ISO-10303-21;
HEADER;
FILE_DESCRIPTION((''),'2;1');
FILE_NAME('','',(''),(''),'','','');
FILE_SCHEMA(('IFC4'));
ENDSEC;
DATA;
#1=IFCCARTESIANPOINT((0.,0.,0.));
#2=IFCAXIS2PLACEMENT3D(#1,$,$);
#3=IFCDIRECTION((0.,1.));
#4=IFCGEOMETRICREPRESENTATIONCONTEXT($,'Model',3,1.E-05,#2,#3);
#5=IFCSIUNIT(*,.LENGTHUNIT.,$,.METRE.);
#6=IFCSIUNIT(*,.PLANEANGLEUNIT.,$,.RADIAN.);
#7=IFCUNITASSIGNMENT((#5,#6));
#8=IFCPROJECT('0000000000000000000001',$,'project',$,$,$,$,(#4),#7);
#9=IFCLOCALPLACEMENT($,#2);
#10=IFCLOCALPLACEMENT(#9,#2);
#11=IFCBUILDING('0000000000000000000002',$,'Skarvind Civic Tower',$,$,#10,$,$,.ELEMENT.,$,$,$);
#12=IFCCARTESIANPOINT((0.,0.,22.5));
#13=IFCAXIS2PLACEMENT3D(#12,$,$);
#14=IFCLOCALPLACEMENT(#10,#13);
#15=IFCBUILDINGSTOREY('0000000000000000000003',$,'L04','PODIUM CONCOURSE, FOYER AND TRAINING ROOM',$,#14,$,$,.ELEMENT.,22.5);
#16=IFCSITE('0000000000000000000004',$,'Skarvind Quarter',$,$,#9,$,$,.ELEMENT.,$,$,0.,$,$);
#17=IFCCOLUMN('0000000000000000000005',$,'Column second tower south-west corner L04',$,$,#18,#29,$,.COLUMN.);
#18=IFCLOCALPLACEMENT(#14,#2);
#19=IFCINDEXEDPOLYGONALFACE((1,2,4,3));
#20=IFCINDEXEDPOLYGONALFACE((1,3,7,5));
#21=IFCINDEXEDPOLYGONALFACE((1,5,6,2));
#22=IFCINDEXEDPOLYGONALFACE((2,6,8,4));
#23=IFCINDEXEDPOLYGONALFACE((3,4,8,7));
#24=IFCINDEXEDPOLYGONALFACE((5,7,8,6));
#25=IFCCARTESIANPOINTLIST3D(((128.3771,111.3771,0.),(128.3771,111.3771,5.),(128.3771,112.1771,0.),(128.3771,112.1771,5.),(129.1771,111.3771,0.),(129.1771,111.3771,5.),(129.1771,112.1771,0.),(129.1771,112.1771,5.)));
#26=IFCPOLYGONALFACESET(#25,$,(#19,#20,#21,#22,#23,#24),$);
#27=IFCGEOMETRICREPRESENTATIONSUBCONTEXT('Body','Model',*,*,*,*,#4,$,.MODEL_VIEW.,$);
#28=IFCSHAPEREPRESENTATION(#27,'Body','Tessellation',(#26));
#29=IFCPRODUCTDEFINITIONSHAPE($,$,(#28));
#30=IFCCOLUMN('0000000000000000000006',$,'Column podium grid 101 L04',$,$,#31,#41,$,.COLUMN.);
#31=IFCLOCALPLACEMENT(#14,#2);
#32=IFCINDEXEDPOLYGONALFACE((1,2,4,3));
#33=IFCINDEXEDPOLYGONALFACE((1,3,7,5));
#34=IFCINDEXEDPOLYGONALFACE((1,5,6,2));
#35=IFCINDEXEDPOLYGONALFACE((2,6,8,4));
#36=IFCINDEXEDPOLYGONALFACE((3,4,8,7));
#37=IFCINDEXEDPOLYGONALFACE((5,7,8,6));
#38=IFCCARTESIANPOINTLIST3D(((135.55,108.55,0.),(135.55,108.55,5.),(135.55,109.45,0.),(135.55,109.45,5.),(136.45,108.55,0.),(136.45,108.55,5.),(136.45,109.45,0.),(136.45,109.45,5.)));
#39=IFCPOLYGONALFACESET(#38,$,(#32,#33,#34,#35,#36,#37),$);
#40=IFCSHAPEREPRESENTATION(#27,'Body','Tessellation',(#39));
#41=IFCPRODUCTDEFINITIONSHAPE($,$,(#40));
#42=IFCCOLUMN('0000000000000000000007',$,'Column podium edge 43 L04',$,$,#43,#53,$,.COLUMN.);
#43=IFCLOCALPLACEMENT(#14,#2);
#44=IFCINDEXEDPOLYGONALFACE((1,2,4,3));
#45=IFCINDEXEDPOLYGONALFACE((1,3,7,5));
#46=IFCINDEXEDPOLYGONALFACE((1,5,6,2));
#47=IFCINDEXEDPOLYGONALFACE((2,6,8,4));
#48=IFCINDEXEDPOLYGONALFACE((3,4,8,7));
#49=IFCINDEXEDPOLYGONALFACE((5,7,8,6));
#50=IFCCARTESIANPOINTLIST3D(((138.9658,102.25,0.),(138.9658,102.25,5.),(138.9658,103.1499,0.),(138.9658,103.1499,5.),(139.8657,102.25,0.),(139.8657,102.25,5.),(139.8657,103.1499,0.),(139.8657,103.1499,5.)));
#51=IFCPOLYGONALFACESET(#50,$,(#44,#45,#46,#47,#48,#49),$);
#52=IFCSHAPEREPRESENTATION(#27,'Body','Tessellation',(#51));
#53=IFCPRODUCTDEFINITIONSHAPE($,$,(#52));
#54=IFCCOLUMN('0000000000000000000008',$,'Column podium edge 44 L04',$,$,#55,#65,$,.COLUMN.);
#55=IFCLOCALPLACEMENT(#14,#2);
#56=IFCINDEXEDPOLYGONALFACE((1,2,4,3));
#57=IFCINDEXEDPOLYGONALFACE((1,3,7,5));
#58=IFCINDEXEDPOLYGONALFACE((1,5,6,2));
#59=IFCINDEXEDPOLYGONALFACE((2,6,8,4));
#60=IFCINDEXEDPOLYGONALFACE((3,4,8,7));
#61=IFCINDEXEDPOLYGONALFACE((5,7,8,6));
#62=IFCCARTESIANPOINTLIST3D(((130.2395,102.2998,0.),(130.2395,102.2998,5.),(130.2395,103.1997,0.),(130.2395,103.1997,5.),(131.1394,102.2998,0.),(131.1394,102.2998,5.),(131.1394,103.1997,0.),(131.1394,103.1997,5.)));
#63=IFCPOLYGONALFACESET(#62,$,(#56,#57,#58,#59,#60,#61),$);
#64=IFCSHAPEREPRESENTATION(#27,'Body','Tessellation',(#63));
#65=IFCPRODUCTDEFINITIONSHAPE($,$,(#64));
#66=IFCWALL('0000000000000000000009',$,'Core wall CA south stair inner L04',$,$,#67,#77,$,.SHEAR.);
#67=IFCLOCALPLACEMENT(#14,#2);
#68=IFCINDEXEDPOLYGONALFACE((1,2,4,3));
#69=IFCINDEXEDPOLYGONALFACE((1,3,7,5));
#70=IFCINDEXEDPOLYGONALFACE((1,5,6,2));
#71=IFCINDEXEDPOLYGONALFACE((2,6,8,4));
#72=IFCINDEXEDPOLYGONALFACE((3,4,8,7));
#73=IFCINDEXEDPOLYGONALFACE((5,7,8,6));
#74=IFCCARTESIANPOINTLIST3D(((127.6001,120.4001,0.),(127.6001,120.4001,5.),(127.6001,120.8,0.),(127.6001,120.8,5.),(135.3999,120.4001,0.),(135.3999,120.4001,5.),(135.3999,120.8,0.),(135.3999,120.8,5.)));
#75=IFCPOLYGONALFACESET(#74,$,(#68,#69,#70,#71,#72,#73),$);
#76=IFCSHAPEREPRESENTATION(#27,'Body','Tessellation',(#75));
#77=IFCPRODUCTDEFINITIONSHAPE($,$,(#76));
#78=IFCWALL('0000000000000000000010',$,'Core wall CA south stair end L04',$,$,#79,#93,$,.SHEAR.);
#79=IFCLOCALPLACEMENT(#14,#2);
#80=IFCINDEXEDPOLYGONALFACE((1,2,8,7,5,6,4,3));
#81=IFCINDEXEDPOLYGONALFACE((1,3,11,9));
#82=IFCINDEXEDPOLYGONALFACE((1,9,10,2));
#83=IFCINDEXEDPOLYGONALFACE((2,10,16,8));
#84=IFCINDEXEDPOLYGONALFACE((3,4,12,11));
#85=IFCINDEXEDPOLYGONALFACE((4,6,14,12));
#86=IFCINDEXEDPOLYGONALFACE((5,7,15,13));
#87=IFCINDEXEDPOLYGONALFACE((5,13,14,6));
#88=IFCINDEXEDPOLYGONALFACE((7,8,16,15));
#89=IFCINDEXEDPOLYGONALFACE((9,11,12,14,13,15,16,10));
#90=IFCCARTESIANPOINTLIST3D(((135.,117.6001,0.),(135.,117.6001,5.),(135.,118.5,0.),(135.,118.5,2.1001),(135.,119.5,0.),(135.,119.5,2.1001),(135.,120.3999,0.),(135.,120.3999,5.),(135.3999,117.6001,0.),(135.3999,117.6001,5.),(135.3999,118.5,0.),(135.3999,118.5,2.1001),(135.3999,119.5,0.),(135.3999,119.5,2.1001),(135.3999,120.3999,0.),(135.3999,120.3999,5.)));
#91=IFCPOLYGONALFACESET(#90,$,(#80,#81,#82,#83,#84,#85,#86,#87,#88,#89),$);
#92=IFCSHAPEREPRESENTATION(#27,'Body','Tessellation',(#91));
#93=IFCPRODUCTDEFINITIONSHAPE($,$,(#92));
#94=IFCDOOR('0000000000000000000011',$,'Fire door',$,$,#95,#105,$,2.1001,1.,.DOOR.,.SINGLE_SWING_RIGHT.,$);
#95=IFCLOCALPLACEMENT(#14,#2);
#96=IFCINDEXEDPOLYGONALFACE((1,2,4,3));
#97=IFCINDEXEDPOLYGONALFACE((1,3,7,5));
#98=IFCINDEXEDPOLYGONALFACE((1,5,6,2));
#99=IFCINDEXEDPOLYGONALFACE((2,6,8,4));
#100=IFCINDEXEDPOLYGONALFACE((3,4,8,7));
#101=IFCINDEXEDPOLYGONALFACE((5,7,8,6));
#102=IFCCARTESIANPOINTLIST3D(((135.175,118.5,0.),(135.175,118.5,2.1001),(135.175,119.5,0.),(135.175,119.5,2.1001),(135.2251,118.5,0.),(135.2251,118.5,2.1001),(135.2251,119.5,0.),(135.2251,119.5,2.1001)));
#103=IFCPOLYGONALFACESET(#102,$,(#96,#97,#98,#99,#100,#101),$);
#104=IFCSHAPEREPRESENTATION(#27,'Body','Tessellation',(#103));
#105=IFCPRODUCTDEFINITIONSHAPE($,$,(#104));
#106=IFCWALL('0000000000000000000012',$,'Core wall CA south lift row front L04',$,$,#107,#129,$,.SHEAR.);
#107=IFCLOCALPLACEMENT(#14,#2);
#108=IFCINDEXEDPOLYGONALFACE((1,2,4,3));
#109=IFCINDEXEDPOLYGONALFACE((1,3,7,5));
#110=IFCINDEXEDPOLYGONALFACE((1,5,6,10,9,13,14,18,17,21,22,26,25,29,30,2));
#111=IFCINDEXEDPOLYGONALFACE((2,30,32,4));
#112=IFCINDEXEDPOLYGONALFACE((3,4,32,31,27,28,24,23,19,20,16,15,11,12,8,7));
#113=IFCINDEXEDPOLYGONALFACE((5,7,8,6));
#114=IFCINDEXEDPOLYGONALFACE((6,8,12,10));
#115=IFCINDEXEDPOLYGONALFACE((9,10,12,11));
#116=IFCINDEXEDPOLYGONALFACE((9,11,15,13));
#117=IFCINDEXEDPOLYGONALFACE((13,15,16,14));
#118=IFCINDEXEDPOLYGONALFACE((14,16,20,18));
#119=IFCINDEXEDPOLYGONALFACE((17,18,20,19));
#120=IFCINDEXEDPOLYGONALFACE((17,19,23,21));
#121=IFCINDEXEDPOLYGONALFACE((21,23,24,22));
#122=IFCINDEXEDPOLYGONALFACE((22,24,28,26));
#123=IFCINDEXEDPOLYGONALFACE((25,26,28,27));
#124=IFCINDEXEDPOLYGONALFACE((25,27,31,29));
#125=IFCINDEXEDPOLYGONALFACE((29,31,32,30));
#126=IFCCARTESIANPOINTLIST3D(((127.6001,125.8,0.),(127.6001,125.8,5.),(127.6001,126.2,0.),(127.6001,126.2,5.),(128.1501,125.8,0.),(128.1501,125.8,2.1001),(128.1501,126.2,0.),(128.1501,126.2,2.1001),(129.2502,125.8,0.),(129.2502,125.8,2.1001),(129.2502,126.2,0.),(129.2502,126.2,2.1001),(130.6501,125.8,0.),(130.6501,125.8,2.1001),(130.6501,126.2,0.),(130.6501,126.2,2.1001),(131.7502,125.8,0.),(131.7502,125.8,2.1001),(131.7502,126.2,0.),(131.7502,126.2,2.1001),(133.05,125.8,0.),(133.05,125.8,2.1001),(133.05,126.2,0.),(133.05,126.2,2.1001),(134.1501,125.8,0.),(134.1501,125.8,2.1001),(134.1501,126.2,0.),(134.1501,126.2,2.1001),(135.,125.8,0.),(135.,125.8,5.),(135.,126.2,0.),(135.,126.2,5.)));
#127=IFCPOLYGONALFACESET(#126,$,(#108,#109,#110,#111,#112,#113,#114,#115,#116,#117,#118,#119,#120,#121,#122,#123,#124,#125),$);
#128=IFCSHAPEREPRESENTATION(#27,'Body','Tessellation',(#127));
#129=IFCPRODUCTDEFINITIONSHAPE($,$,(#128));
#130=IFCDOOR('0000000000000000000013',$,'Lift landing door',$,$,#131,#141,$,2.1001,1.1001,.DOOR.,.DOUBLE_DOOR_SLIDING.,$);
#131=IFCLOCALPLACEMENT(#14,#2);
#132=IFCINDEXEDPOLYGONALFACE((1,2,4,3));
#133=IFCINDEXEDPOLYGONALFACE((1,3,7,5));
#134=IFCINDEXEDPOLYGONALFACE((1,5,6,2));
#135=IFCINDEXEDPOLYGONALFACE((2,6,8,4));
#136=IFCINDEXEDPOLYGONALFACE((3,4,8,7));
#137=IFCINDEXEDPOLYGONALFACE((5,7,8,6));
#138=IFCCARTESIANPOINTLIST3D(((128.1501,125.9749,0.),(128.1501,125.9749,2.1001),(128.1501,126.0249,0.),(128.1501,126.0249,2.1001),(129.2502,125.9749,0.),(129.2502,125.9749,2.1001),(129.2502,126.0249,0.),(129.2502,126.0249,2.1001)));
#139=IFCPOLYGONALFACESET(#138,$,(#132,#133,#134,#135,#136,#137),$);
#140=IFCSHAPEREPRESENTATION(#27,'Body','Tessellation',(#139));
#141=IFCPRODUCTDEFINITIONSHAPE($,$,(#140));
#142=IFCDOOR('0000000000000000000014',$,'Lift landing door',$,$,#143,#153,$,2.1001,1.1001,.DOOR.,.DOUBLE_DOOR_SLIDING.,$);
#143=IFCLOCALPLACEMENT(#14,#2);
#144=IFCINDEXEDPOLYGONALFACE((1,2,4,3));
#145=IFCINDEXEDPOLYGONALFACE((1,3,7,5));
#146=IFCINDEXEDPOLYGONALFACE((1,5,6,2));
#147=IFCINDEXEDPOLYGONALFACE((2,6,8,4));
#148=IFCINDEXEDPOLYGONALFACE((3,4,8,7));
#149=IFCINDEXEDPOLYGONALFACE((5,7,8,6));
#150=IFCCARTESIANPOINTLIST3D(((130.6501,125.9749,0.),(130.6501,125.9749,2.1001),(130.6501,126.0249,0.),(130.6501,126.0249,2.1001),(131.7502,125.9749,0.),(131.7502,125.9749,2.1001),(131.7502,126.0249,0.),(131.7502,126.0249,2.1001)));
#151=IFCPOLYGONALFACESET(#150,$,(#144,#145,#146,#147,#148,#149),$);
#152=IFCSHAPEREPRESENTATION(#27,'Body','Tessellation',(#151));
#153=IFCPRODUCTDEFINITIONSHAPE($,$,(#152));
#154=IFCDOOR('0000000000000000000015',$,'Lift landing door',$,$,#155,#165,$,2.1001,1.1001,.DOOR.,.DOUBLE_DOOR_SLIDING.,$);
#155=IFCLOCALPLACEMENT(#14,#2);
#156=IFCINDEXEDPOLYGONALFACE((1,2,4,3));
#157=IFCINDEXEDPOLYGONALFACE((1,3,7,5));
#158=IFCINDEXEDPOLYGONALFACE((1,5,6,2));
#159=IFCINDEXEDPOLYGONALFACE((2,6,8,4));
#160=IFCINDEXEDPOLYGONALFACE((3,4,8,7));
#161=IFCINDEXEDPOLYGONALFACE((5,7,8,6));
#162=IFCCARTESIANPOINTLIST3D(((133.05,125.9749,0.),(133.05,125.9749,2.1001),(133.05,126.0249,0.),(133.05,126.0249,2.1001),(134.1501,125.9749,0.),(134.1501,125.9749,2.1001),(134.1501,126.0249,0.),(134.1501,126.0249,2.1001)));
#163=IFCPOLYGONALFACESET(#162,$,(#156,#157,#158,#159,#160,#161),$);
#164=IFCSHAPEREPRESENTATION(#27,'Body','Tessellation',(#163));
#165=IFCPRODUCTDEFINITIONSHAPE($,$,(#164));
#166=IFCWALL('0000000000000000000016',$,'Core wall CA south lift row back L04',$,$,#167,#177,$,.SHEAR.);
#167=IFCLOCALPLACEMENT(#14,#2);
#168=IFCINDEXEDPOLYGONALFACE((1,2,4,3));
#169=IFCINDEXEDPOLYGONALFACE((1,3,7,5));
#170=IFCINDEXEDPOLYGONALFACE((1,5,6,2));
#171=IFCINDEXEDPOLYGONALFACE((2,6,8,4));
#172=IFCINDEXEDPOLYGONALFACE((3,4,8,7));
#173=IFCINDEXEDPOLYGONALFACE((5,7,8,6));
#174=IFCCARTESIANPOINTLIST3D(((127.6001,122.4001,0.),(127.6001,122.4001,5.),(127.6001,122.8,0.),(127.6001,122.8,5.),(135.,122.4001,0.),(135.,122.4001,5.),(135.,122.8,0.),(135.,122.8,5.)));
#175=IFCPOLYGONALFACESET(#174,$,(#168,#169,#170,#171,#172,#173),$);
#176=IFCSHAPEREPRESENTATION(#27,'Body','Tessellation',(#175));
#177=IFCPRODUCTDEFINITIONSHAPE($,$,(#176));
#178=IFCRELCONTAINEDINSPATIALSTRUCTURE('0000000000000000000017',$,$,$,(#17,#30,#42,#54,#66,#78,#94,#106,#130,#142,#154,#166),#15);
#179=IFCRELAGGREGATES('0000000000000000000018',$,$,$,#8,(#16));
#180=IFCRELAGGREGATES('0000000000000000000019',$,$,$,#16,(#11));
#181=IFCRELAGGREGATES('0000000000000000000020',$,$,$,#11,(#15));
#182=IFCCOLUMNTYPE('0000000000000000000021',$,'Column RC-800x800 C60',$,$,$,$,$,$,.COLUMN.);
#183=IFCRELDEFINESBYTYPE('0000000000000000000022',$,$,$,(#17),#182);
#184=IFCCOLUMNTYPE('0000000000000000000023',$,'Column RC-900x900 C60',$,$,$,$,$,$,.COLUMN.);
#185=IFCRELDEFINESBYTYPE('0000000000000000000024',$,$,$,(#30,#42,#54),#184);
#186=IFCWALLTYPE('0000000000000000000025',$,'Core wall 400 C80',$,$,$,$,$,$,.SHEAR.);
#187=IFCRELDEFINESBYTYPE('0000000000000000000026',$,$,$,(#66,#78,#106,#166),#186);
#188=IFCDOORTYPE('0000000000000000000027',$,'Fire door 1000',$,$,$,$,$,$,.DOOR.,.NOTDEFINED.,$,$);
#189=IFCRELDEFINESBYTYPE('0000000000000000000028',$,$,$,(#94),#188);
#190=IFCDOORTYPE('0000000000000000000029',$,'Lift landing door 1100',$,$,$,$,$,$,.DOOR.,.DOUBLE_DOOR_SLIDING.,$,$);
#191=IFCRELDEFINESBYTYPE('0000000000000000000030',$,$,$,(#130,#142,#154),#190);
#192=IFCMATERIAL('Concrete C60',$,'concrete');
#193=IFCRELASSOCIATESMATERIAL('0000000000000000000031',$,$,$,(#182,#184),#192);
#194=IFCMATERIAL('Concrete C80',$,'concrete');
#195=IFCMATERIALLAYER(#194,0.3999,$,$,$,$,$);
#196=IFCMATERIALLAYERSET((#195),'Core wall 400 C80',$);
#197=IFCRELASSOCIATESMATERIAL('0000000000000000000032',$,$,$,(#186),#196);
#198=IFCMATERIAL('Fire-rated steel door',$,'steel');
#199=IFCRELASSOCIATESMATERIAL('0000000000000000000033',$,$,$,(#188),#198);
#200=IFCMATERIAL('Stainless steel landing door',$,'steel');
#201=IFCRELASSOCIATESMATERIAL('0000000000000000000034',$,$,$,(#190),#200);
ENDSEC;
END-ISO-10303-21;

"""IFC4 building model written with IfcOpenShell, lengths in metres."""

from ifc_helpers import new_model, si_unit, direction, frame, frame_2d, origin, origin_2d, place, context, subcontext, project, spatial, rectangle, extrude, material, layer, layer_set, material_profile, profile_set, type_object, element, fill, save


model = new_model("IFC4")

# Units and contexts
model_context = context("Model", 3, precision=1e-05, world=origin(), true_north=direction((0.0, 1.0)))
body_context = subcontext(model_context, "Body", "Model", "MODEL_VIEW")
ifc_project = project(units=[si_unit("LENGTHUNIT", "METRE"), si_unit("PLANEANGLEUNIT", "RADIAN")], contexts=[model_context])

# Site, building, storey
site_placement = place(None, origin())
site = spatial("IfcSite", under=ifc_project, at=site_placement, Name="Skarvind Quarter", CompositionType="ELEMENT", RefElevation=0.0)
building_placement = place(site_placement, origin())
building = spatial("IfcBuilding", under=site, at=building_placement, Name="Skarvind Civic Tower", CompositionType="ELEMENT")
storey_placement = place(building_placement, frame((0.0, 0.0, 22.5)))
storey = spatial("IfcBuildingStorey", under=building, at=storey_placement, Name="L04", Description="PODIUM CONCOURSE, FOYER AND TRAINING ROOM", CompositionType="ELEMENT", Elevation=22.5)

# Columns
ifc_material_1 = material(Name="Concrete C60", Category="concrete")
ifc_material_profile_1 = material_profile(ifc_material_1, rectangle(XDim=0.8, YDim=0.8, at=origin_2d()), Name="RC-800x800")
ifc_profile_set_1 = profile_set([ifc_material_profile_1], Name="Concrete C60")
column_type_1 = type_object("IfcColumnType", Name="Column RC-800x800 C60", PredefinedType="COLUMN", material=ifc_profile_set_1)
column_placement = place(storey_placement, frame((128.7771, 111.7771, 0.0), z_axis=(0.0, 0.0, 1.0), x_axis=(1.0, 0.0, 0.0)))
element("IfcColumn", 1, at=column_placement, inside=storey, type_object=column_type_1, Name="Column second tower south-west corner L04", PredefinedType="COLUMN", context=body_context, shape_type="SweptSolid", body=[
    extrude(rectangle(XDim=0.8, YDim=0.8, at=origin_2d()), origin(), (0.0, 0.0, 1.0), 5.0),
])
ifc_material_profile_2 = material_profile(ifc_material_1, rectangle(XDim=0.8999, YDim=0.8999, at=origin_2d()), Name="RC-900x900")
ifc_profile_set_2 = profile_set([ifc_material_profile_2], Name="Concrete C60")
column_type_2 = type_object("IfcColumnType", Name="Column RC-900x900 C60", PredefinedType="COLUMN", material=ifc_profile_set_2)
for number, where, z_axis, x_axis, name in (
    (2, (136.0, 109.0, 0.0), (0.0, 0.0, 1.0), (1.0, 0.0, 0.0), "Column podium grid 101 L04"),
    (3, (139.4158, 102.7, 0.0), (0.0, 0.0, 1.0), (1.0, 0.0, 0.0), "Column podium edge 43 L04"),
    (4, (130.6895, 102.7498, 0.0), (0.0, 0.0, 1.0), (1.0, 0.0, 0.0), "Column podium edge 44 L04"),
):
    element("IfcColumn", number, at=place(storey_placement, frame(where, z_axis=z_axis, x_axis=x_axis)), inside=storey, type_object=column_type_2, Name=name, PredefinedType="COLUMN", context=body_context, shape_type="SweptSolid", body=[
        extrude(rectangle(XDim=0.8999, YDim=0.8999, at=origin_2d()), origin(), (0.0, 0.0, 1.0), 5.0),
    ])

# Wall
ifc_material_2 = material(Name="Concrete C80", Category="concrete")
ifc_layer_1 = layer(ifc_material_2, 0.3999)
ifc_layer_set_1 = layer_set([ifc_layer_1], Name="Core wall 400 C80")
wall_type_1 = type_object("IfcWallType", Name="Core wall 400 C80", PredefinedType="SHEAR", material=ifc_layer_set_1)
wall_1_placement = place(storey_placement, frame((127.6001, 120.6001, 0.0), z_axis=(0.0, 0.0, 1.0), x_axis=(1.0, 0.0, 0.0)))
element("IfcWall", 5, at=wall_1_placement, inside=storey, type_object=wall_type_1, Name="Core wall CA south stair inner L04", PredefinedType="SHEAR", context=body_context, shape_type="SweptSolid", body=[
    extrude(rectangle(XDim=7.7998, YDim=0.3999, at=frame_2d((3.8999, 0.0))), origin(), (0.0, 0.0, 1.0), 5.0),
])

# Wall, opening, door
wall_2_placement = place(storey_placement, frame((135.2, 117.6001, 0.0), z_axis=(0.0, 0.0, 1.0), x_axis=(0.0, 1.0, 0.0)))
wall_2 = element("IfcWall", 6, at=wall_2_placement, inside=storey, type_object=wall_type_1, Name="Core wall CA south stair end L04", PredefinedType="SHEAR", context=body_context, shape_type="SweptSolid", body=[
    extrude(rectangle(XDim=2.7998, YDim=0.3999, at=frame_2d((1.3999, 0.0))), origin(), (0.0, 0.0, 1.0), 5.0),
])
opening_1_placement = place(wall_2_placement, frame((0.8999, 0.0, 0.0)))
opening_1 = element("IfcOpeningElement", 7, at=opening_1_placement, cuts=wall_2, PredefinedType="OPENING", context=body_context, shape_type="SweptSolid", body=[
    extrude(rectangle(XDim=1.0, YDim=2.1001, at=frame_2d((0.5, 1.05))), frame((0.0, 0.21, 0.0), z_axis=(0.0, -1.0, 0.0), x_axis=(1.0, 0.0, 0.0)), (0.0, 0.0, 1.0), 0.4199),
])
ifc_material_3 = material(Name="Fire-rated steel door", Category="steel")
door_type_1 = type_object("IfcDoorType", Name="Fire door 1000", OperationType="NOTDEFINED", PredefinedType="DOOR", material=ifc_material_3)
door_1_placement = place(opening_1_placement, origin())
door_1 = element("IfcDoor", 8, at=door_1_placement, inside=storey, type_object=door_type_1, Name="Fire door", OperationType="SINGLE_SWING_RIGHT", OverallHeight=2.1001, OverallWidth=1.0, PredefinedType="DOOR", context=body_context, shape_type="SweptSolid", body=[
    extrude(rectangle(XDim=1.0, YDim=2.1001, at=frame_2d((0.5, 1.05))), frame((0.0, 0.0249, 0.0), z_axis=(0.0, -1.0, 0.0), x_axis=(1.0, 0.0, 0.0)), (0.0, 0.0, 1.0), 0.05),
])
fill(opening_1, door_1)

# Wall, openings, doors
wall_3_placement = place(storey_placement, frame((127.6001, 126.0, 0.0), z_axis=(0.0, 0.0, 1.0), x_axis=(1.0, 0.0, 0.0)))
wall_3 = element("IfcWall", 9, at=wall_3_placement, inside=storey, type_object=wall_type_1, Name="Core wall CA south lift row front L04", PredefinedType="SHEAR", context=body_context, shape_type="SweptSolid", body=[
    extrude(rectangle(XDim=7.3999, YDim=0.3999, at=frame_2d((3.7, 0.0))), origin(), (0.0, 0.0, 1.0), 5.0),
])
opening_2_placement = place(wall_3_placement, frame((0.55, 0.0, 0.0)))
opening_2 = element("IfcOpeningElement", 10, at=opening_2_placement, cuts=wall_3, PredefinedType="OPENING", context=body_context, shape_type="SweptSolid", body=[
    extrude(rectangle(XDim=1.1001, YDim=2.1001, at=frame_2d((0.55, 1.05))), frame((0.0, 0.21, 0.0), z_axis=(0.0, -1.0, 0.0), x_axis=(1.0, 0.0, 0.0)), (0.0, 0.0, 1.0), 0.4199),
])
opening_3_placement = place(wall_3_placement, frame((3.05, 0.0, 0.0)))
opening_3 = element("IfcOpeningElement", 11, at=opening_3_placement, cuts=wall_3, PredefinedType="OPENING", context=body_context, shape_type="SweptSolid", body=[
    extrude(rectangle(XDim=1.1001, YDim=2.1001, at=frame_2d((0.55, 1.05))), frame((0.0, 0.21, 0.0), z_axis=(0.0, -1.0, 0.0), x_axis=(1.0, 0.0, 0.0)), (0.0, 0.0, 1.0), 0.4199),
])
opening_4_placement = place(wall_3_placement, frame((5.45, 0.0, 0.0)))
opening_4 = element("IfcOpeningElement", 12, at=opening_4_placement, cuts=wall_3, PredefinedType="OPENING", context=body_context, shape_type="SweptSolid", body=[
    extrude(rectangle(XDim=1.1001, YDim=2.1001, at=frame_2d((0.55, 1.05))), frame((0.0, 0.21, 0.0), z_axis=(0.0, -1.0, 0.0), x_axis=(1.0, 0.0, 0.0)), (0.0, 0.0, 1.0), 0.4199),
])
ifc_material_4 = material(Name="Stainless steel landing door", Category="steel")
door_type_2 = type_object("IfcDoorType", Name="Lift landing door 1100", OperationType="DOUBLE_DOOR_SLIDING", PredefinedType="DOOR", material=ifc_material_4)
door_2_placement = place(opening_2_placement, origin())
door_2 = element("IfcDoor", 13, at=door_2_placement, inside=storey, type_object=door_type_2, Name="Lift landing door", OperationType="DOUBLE_DOOR_SLIDING", OverallHeight=2.1001, OverallWidth=1.1001, PredefinedType="DOOR", context=body_context, shape_type="SweptSolid", body=[
    extrude(rectangle(XDim=1.1001, YDim=2.1001, at=frame_2d((0.55, 1.05))), frame((0.0, 0.0249, 0.0), z_axis=(0.0, -1.0, 0.0), x_axis=(1.0, 0.0, 0.0)), (0.0, 0.0, 1.0), 0.05),
])
fill(opening_2, door_2)
door_3_placement = place(opening_3_placement, origin())
door_3 = element("IfcDoor", 14, at=door_3_placement, inside=storey, type_object=door_type_2, Name="Lift landing door", OperationType="DOUBLE_DOOR_SLIDING", OverallHeight=2.1001, OverallWidth=1.1001, PredefinedType="DOOR", context=body_context, shape_type="SweptSolid", body=[
    extrude(rectangle(XDim=1.1001, YDim=2.1001, at=frame_2d((0.55, 1.05))), frame((0.0, 0.0249, 0.0), z_axis=(0.0, -1.0, 0.0), x_axis=(1.0, 0.0, 0.0)), (0.0, 0.0, 1.0), 0.05),
])
fill(opening_3, door_3)
door_4_placement = place(opening_4_placement, origin())
door_4 = element("IfcDoor", 15, at=door_4_placement, inside=storey, type_object=door_type_2, Name="Lift landing door", OperationType="DOUBLE_DOOR_SLIDING", OverallHeight=2.1001, OverallWidth=1.1001, PredefinedType="DOOR", context=body_context, shape_type="SweptSolid", body=[
    extrude(rectangle(XDim=1.1001, YDim=2.1001, at=frame_2d((0.55, 1.05))), frame((0.0, 0.0249, 0.0), z_axis=(0.0, -1.0, 0.0), x_axis=(1.0, 0.0, 0.0)), (0.0, 0.0, 1.0), 0.05),
])
fill(opening_4, door_4)

# Wall
wall_4_placement = place(storey_placement, frame((127.6001, 122.6001, 0.0), z_axis=(0.0, 0.0, 1.0), x_axis=(1.0, 0.0, 0.0)))
element("IfcWall", 16, at=wall_4_placement, inside=storey, type_object=wall_type_1, Name="Core wall CA south lift row back L04", PredefinedType="SHEAR", context=body_context, shape_type="SweptSolid", body=[
    extrude(rectangle(XDim=7.3999, YDim=0.3999, at=frame_2d((3.7, 0.0))), origin(), (0.0, 0.0, 1.0), 5.0),
])

save(model, "model.ifc")
